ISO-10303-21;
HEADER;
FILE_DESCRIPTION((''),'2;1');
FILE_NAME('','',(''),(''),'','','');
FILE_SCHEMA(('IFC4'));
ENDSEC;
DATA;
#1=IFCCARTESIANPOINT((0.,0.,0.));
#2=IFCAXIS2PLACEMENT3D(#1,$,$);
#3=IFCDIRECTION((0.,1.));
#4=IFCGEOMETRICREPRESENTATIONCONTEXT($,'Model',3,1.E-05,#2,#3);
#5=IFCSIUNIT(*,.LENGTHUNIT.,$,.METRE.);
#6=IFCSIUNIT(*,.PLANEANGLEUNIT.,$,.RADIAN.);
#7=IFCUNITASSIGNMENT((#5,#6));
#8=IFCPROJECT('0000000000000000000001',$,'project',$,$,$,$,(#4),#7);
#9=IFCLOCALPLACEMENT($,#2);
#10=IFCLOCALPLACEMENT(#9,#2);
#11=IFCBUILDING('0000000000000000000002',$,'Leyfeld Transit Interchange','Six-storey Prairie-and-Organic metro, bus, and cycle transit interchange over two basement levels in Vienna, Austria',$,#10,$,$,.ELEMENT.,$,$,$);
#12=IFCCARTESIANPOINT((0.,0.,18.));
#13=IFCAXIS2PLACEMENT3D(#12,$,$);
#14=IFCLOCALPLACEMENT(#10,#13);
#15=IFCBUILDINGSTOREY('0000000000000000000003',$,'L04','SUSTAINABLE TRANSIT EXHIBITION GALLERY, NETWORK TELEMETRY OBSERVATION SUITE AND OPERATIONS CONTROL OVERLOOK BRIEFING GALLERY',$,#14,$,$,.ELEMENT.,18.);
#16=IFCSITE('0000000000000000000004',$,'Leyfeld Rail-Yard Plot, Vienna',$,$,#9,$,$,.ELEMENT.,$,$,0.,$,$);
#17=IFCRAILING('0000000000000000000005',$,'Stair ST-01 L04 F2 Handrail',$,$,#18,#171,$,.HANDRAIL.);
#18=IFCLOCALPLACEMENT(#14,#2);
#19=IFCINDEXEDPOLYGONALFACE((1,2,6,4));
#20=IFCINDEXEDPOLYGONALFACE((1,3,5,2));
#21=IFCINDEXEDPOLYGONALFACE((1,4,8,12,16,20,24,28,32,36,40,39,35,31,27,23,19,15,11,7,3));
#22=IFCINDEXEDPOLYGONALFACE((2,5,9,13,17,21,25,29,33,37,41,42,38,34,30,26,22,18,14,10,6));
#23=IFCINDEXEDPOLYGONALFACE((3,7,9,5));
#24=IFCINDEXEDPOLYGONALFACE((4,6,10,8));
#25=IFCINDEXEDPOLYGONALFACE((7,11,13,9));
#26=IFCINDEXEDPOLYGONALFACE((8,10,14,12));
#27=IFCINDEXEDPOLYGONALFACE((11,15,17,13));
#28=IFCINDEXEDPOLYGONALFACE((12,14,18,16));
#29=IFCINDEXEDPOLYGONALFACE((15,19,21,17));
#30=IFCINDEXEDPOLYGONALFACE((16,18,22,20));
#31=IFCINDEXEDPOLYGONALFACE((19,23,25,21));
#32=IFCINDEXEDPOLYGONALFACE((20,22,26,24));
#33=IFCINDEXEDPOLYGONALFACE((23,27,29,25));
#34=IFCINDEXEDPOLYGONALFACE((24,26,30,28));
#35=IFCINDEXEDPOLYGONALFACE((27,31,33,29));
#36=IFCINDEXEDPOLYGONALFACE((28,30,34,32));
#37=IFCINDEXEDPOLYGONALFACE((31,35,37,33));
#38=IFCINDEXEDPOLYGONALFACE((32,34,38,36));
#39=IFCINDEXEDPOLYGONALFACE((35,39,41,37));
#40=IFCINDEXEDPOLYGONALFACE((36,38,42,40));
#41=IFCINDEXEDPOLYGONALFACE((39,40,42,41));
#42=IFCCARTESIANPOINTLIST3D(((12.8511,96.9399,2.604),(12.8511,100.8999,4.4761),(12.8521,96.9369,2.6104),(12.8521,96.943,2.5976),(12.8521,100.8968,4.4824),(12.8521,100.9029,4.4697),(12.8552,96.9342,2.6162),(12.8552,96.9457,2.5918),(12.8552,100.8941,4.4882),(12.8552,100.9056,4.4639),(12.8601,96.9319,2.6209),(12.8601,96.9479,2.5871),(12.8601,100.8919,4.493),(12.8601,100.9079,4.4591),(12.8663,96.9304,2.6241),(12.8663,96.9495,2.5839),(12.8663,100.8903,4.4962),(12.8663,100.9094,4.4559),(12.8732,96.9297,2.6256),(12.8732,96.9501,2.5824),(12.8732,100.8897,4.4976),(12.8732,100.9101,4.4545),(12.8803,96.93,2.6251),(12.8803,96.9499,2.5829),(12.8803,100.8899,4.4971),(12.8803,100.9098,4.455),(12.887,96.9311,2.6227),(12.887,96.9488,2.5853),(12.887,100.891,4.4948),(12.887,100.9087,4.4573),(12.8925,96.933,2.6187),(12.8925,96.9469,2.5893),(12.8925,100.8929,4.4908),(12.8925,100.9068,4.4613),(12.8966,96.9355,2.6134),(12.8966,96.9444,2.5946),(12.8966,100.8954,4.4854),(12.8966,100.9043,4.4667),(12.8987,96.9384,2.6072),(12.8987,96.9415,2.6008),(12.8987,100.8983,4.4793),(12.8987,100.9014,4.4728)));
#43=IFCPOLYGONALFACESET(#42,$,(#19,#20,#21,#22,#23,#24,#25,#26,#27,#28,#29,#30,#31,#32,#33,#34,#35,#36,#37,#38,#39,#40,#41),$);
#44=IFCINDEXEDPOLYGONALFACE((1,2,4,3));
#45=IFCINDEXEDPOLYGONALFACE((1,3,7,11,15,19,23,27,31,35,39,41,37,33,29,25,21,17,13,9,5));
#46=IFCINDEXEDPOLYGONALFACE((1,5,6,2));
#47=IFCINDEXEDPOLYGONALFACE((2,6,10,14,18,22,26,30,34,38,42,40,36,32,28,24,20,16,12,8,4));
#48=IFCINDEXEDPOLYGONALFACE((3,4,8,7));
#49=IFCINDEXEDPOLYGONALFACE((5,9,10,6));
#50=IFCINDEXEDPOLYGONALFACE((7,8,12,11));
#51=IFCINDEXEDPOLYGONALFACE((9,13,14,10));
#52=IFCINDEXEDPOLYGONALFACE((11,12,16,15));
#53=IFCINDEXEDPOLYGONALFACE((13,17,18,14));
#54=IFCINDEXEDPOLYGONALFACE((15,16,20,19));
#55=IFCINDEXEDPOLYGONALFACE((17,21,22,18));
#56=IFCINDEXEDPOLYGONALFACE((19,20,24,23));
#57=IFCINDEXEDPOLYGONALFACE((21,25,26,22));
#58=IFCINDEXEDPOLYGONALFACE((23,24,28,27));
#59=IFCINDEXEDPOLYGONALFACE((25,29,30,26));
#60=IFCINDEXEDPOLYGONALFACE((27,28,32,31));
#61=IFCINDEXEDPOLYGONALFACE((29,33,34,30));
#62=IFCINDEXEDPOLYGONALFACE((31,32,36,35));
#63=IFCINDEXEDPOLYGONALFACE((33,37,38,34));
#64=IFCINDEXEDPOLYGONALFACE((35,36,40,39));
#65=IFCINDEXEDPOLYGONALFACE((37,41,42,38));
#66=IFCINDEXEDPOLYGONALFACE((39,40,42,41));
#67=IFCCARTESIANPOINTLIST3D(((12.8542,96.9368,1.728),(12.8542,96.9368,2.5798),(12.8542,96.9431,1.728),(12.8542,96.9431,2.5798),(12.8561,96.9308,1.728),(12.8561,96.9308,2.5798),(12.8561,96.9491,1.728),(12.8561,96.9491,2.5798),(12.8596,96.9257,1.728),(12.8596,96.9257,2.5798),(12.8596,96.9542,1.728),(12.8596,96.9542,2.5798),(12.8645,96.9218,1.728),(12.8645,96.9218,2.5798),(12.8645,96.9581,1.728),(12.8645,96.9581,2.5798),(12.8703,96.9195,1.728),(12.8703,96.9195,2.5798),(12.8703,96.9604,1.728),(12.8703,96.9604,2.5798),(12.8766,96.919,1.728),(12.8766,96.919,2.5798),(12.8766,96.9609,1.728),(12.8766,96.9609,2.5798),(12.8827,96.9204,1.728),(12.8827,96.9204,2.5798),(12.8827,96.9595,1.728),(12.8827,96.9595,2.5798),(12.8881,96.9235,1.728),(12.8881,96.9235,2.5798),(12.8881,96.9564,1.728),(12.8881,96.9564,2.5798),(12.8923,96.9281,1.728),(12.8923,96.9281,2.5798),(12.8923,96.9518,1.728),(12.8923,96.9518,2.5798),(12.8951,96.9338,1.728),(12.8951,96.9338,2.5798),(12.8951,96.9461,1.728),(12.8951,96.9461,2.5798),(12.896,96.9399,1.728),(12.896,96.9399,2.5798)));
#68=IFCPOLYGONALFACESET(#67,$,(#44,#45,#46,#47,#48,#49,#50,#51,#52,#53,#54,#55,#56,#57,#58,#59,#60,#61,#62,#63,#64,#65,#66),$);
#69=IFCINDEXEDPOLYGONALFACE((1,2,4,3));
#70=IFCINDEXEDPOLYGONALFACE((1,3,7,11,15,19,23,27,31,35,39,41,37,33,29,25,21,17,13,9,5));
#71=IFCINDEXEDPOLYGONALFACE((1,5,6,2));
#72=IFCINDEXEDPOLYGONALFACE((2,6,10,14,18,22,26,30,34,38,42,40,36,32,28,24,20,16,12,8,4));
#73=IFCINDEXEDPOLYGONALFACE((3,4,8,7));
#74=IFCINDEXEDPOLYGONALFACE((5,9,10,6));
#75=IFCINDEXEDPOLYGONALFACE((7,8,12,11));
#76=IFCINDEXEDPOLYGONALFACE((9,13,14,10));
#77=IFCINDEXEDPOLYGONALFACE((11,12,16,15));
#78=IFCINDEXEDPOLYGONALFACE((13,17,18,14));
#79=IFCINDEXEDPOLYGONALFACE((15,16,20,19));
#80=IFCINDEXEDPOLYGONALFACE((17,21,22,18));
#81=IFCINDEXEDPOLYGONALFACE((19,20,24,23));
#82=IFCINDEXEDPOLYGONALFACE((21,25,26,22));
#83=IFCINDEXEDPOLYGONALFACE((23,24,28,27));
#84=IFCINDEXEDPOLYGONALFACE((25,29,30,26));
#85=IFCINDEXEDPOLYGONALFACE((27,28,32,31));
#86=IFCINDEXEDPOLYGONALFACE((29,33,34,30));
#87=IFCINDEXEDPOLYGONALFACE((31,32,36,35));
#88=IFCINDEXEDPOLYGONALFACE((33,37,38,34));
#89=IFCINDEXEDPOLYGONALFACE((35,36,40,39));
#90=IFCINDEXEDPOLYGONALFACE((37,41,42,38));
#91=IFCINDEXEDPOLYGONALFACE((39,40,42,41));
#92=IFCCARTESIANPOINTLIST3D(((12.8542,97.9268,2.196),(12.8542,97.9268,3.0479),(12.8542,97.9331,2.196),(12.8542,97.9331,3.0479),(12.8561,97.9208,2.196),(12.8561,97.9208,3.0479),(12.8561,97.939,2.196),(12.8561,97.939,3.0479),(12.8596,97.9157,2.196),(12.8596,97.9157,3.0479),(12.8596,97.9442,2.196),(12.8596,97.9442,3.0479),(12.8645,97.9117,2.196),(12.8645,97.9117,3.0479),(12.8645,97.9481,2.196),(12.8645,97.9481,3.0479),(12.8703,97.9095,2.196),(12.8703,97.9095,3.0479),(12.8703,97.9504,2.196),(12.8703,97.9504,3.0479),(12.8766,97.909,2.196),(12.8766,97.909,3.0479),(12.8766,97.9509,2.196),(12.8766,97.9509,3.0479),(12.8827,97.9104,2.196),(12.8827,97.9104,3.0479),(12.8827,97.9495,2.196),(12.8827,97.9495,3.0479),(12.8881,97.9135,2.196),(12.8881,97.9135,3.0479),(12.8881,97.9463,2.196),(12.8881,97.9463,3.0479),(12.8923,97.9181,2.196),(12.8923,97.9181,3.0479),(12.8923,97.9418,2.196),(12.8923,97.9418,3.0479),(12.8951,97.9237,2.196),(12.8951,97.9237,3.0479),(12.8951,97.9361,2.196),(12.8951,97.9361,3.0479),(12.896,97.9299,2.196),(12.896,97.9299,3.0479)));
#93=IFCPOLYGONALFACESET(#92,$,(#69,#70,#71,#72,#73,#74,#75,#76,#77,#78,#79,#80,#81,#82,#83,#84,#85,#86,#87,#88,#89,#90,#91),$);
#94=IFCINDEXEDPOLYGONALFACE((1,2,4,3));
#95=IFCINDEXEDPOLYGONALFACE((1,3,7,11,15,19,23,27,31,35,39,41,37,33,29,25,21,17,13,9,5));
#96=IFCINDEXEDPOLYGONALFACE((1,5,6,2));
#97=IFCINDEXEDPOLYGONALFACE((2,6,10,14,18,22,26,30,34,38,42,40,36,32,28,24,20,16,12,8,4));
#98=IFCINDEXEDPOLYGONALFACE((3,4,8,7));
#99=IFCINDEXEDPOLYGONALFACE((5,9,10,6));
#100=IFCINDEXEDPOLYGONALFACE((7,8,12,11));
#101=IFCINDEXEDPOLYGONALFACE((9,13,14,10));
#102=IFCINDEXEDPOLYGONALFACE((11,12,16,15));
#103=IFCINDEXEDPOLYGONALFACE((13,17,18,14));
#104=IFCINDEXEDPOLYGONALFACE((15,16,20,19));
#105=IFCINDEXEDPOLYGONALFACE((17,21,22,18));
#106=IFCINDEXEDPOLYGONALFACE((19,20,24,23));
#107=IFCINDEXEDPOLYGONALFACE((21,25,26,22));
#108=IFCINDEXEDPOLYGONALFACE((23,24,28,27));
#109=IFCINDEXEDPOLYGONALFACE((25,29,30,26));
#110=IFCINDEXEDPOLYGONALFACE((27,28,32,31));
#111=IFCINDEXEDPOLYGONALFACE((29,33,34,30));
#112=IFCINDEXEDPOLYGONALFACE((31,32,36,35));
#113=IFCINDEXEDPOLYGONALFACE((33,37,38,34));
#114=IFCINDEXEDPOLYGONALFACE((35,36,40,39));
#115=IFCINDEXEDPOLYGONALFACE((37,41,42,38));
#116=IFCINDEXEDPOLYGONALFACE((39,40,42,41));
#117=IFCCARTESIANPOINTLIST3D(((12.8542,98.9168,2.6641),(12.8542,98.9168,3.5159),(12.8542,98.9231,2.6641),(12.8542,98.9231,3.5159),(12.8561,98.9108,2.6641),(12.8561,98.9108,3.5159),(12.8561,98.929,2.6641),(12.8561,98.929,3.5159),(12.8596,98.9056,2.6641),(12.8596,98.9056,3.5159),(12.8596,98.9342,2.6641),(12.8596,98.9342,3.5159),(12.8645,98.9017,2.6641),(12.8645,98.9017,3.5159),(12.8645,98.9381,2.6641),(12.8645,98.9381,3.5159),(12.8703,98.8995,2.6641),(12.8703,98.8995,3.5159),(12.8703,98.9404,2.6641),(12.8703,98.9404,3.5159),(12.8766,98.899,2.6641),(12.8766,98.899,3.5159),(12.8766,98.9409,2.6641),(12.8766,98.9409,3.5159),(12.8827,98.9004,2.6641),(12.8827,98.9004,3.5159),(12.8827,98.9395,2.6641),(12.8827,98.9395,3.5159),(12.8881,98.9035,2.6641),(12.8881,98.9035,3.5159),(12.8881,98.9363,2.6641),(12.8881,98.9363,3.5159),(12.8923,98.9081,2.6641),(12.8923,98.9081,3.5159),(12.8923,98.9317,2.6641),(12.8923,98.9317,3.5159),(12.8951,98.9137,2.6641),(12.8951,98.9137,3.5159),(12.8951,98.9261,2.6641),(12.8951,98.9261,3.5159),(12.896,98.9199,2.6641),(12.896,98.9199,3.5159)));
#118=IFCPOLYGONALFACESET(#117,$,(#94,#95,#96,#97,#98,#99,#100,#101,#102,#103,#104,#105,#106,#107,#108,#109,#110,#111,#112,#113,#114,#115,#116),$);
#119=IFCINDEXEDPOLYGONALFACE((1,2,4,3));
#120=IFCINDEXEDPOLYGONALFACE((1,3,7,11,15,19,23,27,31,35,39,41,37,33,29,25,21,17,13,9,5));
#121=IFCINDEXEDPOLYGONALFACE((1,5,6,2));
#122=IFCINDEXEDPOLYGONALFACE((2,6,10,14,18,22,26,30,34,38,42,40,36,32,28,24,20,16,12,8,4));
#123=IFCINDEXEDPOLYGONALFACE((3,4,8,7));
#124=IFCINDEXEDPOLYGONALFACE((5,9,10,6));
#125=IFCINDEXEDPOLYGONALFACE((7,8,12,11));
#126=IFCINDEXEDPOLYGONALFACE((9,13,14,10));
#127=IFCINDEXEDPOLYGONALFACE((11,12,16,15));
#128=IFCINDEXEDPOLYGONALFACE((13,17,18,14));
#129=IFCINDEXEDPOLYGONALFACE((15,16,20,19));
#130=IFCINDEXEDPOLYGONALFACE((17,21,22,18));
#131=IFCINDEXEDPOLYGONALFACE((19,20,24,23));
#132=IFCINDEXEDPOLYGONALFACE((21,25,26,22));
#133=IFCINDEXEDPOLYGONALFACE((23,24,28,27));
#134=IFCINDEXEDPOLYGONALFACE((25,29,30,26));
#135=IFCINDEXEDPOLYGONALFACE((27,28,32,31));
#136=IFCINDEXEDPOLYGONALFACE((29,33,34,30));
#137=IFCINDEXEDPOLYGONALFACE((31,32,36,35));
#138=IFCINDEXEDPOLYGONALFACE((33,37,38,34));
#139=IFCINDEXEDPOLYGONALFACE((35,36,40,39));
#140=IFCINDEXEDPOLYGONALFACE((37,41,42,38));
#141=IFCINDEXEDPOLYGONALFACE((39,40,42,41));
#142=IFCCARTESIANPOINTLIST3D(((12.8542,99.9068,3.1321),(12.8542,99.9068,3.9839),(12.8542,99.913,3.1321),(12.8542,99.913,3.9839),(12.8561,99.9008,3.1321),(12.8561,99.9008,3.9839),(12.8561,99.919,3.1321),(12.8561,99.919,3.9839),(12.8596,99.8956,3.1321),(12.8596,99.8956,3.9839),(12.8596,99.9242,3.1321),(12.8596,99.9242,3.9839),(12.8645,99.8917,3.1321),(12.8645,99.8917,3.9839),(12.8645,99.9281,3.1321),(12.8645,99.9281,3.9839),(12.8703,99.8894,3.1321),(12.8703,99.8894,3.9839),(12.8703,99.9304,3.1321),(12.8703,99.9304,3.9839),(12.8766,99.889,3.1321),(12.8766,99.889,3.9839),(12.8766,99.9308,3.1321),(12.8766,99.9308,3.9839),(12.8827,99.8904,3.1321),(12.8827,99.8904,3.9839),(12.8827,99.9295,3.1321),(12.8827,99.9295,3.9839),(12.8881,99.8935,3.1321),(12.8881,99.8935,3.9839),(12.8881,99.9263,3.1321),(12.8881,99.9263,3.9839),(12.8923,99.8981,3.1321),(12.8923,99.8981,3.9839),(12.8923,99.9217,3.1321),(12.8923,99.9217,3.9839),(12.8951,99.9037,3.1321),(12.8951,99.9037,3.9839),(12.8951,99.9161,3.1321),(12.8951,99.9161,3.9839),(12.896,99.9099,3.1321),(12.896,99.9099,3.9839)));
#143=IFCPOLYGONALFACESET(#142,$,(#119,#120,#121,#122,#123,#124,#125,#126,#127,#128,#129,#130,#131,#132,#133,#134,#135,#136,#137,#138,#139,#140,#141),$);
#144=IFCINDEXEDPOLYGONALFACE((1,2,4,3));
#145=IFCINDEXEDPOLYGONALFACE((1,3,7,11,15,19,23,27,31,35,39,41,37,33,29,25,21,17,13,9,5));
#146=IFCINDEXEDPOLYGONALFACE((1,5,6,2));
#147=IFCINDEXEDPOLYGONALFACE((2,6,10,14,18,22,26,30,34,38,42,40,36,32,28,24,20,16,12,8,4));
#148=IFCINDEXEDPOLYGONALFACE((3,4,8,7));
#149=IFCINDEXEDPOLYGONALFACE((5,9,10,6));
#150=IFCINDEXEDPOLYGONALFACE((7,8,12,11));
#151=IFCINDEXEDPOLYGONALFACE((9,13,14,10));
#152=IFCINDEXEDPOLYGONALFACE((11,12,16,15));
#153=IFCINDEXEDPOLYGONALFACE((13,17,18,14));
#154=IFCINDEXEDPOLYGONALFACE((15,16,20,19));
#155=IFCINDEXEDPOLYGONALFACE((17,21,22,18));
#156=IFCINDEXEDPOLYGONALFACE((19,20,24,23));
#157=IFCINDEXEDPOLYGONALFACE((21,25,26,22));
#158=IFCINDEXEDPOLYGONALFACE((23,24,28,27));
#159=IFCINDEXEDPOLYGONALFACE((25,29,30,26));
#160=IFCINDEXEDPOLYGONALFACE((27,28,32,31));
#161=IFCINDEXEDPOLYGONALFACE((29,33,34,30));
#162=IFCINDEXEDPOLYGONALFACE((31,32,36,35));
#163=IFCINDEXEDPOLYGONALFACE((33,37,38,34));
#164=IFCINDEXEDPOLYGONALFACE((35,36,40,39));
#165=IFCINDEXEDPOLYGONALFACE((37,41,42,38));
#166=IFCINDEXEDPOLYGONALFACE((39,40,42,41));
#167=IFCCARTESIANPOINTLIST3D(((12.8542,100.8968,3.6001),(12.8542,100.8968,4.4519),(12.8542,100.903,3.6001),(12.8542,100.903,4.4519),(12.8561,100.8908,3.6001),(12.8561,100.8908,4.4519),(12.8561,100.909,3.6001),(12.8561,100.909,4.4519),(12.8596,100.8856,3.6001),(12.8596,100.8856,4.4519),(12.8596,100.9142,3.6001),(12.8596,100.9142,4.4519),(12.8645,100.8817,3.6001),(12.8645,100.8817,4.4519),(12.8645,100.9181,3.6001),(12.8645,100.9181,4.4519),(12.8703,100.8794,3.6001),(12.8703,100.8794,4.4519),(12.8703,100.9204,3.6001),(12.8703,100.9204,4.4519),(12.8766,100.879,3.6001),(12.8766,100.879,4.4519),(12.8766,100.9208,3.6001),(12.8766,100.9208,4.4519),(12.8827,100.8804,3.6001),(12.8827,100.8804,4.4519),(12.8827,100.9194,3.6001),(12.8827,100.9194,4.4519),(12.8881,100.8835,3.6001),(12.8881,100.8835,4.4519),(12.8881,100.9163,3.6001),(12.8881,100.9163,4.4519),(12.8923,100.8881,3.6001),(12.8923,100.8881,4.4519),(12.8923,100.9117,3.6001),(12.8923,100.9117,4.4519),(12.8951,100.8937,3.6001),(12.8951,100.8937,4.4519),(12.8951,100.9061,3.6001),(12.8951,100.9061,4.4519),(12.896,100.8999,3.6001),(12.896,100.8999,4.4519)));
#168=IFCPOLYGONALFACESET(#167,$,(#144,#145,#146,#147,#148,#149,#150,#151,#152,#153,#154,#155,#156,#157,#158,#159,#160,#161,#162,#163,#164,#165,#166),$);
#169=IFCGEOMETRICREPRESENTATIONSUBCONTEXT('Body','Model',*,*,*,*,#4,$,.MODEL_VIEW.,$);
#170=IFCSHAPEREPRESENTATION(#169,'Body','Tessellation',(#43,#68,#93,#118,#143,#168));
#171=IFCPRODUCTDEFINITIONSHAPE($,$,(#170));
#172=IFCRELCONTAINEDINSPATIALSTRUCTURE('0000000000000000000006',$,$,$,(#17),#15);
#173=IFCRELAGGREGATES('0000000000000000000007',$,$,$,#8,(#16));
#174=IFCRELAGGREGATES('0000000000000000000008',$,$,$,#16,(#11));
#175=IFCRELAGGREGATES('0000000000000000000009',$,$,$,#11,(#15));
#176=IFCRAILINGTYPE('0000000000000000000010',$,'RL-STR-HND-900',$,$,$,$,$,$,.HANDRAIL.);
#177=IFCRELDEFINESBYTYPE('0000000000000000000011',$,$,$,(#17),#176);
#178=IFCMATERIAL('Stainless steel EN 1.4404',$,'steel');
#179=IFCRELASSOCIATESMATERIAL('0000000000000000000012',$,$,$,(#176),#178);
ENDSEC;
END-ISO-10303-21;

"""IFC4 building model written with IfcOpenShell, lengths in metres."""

from ifc_helpers import new_model, si_unit, direction, frame, origin, origin_2d, place, context, subcontext, project, spatial, circle, extrude, material, type_object, element, save


model = new_model("IFC4")

# Units and contexts
model_context = context("Model", 3, precision=1e-05, world=origin(), true_north=direction((0.0, 1.0)))
body_context = subcontext(model_context, "Body", "Model", "MODEL_VIEW")
ifc_project = project(units=[si_unit("LENGTHUNIT", "METRE"), si_unit("PLANEANGLEUNIT", "RADIAN")], contexts=[model_context])

# Site, building, storey
site_placement = place(None, origin())
site = spatial("IfcSite", under=ifc_project, at=site_placement, Name="Leyfeld Rail-Yard Plot, Vienna", CompositionType="ELEMENT", RefElevation=0.0)
building_placement = place(site_placement, origin())
building = spatial("IfcBuilding", under=site, at=building_placement, Name="Leyfeld Transit Interchange", Description="Six-storey Prairie-and-Organic metro, bus, and cycle transit interchange over two basement levels in Vienna, Austria", CompositionType="ELEMENT")
storey_placement = place(building_placement, frame((0.0, 0.0, 18.0)))
storey = spatial("IfcBuildingStorey", under=building, at=storey_placement, Name="L04", Description="SUSTAINABLE TRANSIT EXHIBITION GALLERY, NETWORK TELEMETRY OBSERVATION SUITE AND OPERATIONS CONTROL OVERLOOK BRIEFING GALLERY", CompositionType="ELEMENT", Elevation=18.0)

# Shared definitions
ifc_material_1 = material(Name="Stainless steel EN 1.4404", Category="steel")

# Railing
railing_type_1 = type_object("IfcRailingType", Name="RL-STR-HND-900", PredefinedType="HANDRAIL", material=ifc_material_1)
railing_1_placement = place(storey_placement, frame((12.875, 96.9399, 1.728)))
element("IfcRailing", 1, at=railing_1_placement, inside=storey, type_object=railing_type_1, Name="Stair ST-01 L04 F2 Handrail", PredefinedType="HANDRAIL", context=body_context, shape_type="SweptSolid", body=[
    extrude(circle(Radius=0.0239, at=origin_2d()), frame((0.0, 0.0, 0.876), z_axis=(0.0, 0.904064, 0.427396), x_axis=(-1.0, 0.0, 0.0)), (0.0, 0.0, 1.0), 4.3801),
    extrude(circle(Radius=0.021, at=origin_2d()), origin(), (0.0, 0.0, 1.0), 0.8518),
    extrude(circle(Radius=0.021, at=origin_2d()), frame((0.0, 0.99, 0.468)), (0.0, 0.0, 1.0), 0.8518),
    extrude(circle(Radius=0.021, at=origin_2d()), frame((0.0, 1.98, 0.936)), (0.0, 0.0, 1.0), 0.8518),
    extrude(circle(Radius=0.021, at=origin_2d()), frame((0.0, 2.97, 1.4041)), (0.0, 0.0, 1.0), 0.8518),
    extrude(circle(Radius=0.021, at=origin_2d()), frame((0.0, 3.96, 1.8721)), (0.0, 0.0, 1.0), 0.8518),
])

save(model, "model.ifc")
